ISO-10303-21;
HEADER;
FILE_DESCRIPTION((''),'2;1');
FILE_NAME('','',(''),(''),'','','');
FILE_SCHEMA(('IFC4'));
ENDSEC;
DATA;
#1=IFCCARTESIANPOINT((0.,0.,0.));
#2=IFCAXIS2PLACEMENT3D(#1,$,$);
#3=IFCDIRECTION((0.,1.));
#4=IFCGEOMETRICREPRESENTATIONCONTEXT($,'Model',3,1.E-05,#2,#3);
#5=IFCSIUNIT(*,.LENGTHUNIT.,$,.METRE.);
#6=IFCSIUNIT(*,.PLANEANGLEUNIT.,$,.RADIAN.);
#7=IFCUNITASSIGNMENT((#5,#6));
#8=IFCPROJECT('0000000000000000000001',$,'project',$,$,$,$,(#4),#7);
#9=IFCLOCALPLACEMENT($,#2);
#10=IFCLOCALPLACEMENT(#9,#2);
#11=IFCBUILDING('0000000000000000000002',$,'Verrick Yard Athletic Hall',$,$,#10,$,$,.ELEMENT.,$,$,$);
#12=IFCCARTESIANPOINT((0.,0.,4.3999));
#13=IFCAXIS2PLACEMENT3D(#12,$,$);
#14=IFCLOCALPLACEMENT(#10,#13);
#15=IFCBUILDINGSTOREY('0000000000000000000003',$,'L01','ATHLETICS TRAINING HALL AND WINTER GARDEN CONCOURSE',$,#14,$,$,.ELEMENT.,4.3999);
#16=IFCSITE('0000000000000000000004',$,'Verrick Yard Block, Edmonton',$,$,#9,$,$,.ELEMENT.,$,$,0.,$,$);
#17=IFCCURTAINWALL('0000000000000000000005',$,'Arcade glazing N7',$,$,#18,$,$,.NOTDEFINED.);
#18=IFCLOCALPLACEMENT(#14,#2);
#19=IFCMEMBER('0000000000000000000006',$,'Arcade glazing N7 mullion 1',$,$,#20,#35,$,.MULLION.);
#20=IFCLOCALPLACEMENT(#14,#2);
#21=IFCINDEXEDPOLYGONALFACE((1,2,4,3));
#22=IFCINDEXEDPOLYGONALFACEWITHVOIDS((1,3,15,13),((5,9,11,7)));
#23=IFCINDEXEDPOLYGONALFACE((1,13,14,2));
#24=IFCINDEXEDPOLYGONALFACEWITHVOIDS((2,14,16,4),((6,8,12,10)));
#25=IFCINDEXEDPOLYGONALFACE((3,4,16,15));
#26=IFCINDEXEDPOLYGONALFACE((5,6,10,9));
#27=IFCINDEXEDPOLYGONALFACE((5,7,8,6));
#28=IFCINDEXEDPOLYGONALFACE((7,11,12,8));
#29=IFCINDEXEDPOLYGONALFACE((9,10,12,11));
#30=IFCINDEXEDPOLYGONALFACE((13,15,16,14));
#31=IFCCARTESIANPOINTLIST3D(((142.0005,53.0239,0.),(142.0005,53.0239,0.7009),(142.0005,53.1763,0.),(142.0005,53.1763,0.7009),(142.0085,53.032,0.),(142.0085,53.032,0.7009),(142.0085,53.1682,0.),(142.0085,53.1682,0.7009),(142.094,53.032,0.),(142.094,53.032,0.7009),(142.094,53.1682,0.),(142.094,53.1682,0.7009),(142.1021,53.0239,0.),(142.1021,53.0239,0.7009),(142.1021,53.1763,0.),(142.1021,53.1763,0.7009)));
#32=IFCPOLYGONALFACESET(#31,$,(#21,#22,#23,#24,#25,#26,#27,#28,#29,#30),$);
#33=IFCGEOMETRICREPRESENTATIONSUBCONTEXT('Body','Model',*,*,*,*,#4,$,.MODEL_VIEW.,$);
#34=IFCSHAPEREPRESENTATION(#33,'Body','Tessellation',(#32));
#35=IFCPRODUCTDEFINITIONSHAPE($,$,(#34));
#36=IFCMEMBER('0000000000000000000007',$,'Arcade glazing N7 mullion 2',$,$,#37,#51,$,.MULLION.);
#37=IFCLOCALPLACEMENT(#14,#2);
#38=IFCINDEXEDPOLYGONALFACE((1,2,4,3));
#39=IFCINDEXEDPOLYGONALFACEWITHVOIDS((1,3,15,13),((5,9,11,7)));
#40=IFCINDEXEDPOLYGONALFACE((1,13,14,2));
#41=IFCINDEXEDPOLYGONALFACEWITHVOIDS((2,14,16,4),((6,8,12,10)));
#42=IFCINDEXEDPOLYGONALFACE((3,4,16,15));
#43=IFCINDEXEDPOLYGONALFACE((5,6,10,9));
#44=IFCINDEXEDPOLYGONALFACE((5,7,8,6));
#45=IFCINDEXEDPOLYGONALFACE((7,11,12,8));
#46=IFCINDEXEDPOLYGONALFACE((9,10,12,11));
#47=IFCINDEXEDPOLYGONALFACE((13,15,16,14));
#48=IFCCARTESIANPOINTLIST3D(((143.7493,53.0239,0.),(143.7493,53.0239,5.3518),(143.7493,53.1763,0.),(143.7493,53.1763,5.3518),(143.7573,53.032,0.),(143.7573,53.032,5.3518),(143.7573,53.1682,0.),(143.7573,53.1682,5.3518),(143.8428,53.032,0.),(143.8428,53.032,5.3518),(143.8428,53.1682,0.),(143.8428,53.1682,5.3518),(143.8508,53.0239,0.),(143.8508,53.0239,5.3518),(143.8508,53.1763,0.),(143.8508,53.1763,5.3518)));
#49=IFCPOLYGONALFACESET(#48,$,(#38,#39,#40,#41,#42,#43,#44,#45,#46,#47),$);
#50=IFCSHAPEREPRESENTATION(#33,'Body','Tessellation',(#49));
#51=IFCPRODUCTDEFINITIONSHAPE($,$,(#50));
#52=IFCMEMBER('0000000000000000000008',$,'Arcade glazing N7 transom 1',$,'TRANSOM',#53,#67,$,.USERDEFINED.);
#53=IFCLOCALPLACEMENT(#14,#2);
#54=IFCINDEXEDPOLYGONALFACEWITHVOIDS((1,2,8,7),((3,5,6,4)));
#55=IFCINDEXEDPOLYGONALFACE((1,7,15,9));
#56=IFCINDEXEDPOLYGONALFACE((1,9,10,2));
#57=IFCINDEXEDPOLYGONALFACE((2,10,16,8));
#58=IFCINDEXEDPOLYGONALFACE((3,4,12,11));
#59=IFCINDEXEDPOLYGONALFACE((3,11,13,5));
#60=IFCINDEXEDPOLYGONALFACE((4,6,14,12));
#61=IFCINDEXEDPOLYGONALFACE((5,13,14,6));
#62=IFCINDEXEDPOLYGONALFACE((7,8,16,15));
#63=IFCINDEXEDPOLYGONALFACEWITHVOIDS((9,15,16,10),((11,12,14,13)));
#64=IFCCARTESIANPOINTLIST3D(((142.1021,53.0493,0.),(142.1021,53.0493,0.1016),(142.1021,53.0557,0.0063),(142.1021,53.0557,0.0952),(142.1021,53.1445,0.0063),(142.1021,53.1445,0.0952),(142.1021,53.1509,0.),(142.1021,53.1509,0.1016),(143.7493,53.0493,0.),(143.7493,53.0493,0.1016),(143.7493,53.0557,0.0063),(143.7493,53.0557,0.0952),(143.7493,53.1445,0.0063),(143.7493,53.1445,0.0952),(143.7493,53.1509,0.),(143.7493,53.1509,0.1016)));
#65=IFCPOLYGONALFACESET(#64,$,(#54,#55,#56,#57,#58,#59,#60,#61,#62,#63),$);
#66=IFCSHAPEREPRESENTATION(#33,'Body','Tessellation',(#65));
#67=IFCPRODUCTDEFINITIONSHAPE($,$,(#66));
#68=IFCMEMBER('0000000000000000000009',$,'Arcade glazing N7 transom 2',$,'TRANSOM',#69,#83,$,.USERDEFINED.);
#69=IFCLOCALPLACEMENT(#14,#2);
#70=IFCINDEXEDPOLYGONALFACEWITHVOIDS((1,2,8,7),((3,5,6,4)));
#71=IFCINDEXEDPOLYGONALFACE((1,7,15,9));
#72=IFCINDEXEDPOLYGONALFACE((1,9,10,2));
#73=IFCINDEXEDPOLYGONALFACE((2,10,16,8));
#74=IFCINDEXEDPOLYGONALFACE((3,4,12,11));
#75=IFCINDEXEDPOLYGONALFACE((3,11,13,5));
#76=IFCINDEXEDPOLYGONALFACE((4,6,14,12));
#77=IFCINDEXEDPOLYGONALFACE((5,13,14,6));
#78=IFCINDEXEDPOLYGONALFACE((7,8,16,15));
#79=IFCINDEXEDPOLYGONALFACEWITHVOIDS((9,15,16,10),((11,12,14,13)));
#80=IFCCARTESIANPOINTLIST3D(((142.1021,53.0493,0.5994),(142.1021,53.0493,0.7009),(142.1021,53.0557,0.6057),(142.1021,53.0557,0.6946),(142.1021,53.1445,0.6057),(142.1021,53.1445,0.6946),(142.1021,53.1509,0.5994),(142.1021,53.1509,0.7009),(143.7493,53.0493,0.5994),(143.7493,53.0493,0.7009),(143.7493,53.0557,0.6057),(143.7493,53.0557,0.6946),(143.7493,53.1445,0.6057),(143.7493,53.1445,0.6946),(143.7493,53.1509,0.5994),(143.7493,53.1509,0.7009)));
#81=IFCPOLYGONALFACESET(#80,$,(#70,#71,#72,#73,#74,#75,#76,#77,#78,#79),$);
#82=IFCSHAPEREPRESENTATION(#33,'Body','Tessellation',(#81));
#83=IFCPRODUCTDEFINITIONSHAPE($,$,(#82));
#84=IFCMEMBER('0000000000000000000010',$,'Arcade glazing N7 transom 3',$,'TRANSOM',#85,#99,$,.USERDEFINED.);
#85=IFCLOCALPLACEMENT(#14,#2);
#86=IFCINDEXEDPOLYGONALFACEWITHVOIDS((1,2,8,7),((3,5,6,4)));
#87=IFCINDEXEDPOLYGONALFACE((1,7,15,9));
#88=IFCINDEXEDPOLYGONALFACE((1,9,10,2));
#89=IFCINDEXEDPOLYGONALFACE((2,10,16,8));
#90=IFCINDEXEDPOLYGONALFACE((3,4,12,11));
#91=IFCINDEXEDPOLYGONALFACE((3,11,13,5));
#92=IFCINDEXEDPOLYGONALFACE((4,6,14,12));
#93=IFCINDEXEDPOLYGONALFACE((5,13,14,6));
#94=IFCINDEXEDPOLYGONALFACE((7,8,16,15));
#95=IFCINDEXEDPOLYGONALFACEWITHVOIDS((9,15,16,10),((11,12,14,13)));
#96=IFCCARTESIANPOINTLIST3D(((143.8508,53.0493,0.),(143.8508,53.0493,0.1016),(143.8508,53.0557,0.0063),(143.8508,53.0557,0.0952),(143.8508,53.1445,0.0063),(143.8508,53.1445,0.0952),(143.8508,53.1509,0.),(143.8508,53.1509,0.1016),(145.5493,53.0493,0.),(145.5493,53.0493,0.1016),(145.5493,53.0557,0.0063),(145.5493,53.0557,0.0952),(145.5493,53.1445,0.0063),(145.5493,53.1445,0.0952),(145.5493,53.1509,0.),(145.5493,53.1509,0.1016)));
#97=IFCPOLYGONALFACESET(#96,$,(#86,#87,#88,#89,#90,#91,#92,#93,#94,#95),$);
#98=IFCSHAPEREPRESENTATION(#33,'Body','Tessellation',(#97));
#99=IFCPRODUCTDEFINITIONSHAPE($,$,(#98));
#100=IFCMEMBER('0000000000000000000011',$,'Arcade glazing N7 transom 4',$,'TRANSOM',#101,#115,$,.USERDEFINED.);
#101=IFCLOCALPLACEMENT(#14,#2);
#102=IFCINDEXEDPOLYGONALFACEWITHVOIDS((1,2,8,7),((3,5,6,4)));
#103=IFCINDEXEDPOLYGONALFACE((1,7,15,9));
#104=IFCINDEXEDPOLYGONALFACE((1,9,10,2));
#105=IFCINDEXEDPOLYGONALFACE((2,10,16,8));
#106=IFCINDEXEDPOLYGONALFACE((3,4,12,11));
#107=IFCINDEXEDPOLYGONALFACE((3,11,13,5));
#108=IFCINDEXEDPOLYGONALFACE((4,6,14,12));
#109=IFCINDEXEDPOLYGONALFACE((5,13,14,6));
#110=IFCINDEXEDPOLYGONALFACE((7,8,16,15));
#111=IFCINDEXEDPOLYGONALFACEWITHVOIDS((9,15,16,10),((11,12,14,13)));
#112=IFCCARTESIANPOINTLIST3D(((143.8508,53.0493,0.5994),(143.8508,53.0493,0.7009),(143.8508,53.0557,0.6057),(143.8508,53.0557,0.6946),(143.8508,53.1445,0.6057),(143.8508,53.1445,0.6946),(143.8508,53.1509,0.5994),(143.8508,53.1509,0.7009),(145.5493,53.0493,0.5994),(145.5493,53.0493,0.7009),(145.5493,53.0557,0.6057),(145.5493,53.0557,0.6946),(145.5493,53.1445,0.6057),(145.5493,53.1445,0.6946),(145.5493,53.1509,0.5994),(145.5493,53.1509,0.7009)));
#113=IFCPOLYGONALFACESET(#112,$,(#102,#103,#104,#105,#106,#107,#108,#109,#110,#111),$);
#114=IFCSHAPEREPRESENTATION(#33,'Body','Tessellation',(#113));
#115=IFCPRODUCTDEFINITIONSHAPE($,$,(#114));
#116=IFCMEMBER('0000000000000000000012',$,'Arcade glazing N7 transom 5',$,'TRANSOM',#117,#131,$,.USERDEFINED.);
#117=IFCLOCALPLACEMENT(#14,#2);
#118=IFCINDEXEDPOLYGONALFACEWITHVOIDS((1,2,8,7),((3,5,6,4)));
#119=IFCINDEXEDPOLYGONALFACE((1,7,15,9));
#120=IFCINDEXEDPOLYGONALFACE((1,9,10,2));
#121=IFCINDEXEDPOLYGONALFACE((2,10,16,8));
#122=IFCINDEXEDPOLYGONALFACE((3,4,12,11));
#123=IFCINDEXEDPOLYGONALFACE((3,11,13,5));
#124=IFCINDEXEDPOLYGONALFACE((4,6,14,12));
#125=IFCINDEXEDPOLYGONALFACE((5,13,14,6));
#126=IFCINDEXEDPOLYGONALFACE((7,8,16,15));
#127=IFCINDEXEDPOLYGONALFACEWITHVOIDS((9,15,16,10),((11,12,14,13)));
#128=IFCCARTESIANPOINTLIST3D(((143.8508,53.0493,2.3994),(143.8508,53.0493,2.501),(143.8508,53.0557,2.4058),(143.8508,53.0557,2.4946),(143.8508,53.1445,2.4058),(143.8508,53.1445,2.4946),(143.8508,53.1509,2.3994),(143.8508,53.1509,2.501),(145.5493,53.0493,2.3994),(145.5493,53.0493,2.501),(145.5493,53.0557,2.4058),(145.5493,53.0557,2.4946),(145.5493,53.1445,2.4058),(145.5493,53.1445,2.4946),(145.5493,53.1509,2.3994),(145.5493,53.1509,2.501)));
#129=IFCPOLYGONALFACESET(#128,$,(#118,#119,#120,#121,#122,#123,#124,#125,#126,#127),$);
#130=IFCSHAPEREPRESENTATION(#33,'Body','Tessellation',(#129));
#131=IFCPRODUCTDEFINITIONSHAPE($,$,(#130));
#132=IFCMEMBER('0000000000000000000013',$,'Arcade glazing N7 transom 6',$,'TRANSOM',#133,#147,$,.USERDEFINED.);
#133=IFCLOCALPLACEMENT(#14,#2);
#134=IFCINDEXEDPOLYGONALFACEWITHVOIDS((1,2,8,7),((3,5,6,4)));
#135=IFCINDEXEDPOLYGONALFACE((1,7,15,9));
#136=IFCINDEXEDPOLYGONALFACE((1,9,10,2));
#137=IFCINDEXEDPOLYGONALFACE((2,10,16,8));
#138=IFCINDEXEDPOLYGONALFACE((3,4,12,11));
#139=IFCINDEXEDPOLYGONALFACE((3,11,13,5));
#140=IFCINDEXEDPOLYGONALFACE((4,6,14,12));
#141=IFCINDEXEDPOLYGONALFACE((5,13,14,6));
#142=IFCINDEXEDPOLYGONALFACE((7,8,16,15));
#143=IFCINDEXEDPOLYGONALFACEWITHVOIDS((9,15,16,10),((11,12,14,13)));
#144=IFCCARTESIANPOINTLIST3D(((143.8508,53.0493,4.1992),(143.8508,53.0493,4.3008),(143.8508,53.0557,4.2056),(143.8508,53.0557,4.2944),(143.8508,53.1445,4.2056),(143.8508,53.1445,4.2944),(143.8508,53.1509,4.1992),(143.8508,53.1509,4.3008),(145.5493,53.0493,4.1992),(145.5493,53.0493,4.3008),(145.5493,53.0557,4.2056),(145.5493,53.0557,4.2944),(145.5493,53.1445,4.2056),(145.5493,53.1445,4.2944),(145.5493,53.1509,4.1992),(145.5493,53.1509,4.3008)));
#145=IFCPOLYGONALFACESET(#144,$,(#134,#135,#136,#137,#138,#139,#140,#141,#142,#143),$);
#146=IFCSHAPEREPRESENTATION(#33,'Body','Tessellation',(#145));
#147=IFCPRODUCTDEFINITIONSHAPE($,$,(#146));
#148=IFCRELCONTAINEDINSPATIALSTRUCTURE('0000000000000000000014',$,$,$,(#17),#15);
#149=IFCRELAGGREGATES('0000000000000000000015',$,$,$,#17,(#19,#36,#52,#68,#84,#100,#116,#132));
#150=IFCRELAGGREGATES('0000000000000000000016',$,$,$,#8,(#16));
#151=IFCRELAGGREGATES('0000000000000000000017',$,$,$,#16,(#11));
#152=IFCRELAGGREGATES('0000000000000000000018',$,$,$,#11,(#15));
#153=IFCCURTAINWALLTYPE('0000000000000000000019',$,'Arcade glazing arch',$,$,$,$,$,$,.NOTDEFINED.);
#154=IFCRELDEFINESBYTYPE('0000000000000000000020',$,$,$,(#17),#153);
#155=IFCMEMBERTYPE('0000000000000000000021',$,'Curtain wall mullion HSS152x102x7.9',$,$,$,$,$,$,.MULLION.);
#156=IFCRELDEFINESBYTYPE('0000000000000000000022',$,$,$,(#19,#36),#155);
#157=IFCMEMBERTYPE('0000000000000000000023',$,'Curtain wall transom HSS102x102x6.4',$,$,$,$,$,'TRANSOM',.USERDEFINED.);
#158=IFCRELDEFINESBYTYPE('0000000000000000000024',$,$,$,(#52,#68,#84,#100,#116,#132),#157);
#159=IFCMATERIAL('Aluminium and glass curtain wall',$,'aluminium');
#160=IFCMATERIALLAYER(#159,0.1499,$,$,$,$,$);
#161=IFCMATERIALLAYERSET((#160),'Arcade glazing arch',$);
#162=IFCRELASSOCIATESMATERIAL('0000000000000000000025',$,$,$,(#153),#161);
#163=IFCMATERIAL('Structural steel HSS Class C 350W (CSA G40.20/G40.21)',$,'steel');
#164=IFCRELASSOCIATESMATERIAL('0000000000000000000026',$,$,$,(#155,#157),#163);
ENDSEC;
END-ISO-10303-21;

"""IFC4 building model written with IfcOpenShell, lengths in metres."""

from ifc_helpers import new_model, si_unit, direction, frame, origin, origin_2d, place, context, subcontext, project, spatial, hollow_rectangle, extrude, material, layer, layer_set, material_profile, profile_set, type_object, element, aggregate, save


model = new_model("IFC4")

# Units and contexts
model_context = context("Model", 3, precision=1e-05, world=origin(), true_north=direction((0.0, 1.0)))
body_context = subcontext(model_context, "Body", "Model", "MODEL_VIEW")
ifc_project = project(units=[si_unit("LENGTHUNIT", "METRE"), si_unit("PLANEANGLEUNIT", "RADIAN")], contexts=[model_context])

# Site, building, storey
site_placement = place(None, origin())
site = spatial("IfcSite", under=ifc_project, at=site_placement, Name="Verrick Yard Block, Edmonton", CompositionType="ELEMENT", RefElevation=0.0)
building_placement = place(site_placement, origin())
building = spatial("IfcBuilding", under=site, at=building_placement, Name="Verrick Yard Athletic Hall", CompositionType="ELEMENT")
storey_placement = place(building_placement, frame((0.0, 0.0, 4.3999)))
storey = spatial("IfcBuildingStorey", under=building, at=storey_placement, Name="L01", Description="ATHLETICS TRAINING HALL AND WINTER GARDEN CONCOURSE", CompositionType="ELEMENT", Elevation=4.3999)

# Curtain wall, members
ifc_material_1 = material(Name="Aluminium and glass curtain wall", Category="aluminium")
ifc_layer_1 = layer(ifc_material_1, 0.1499)
ifc_layer_set_1 = layer_set([ifc_layer_1], Name="Arcade glazing arch")
curtain_wall_type = type_object("IfcCurtainWallType", Name="Arcade glazing arch", PredefinedType="NOTDEFINED", material=ifc_layer_set_1)
curtain_wall_placement = place(storey_placement, origin())
curtain_wall = element("IfcCurtainWall", 1, at=curtain_wall_placement, inside=storey, type_object=curtain_wall_type, Name="Arcade glazing N7", PredefinedType="NOTDEFINED")
ifc_material_2 = material(Name="Structural steel HSS Class C 350W (CSA G40.20/G40.21)", Category="steel")
ifc_material_profile_1 = material_profile(ifc_material_2, hollow_rectangle(XDim=0.1016, YDim=0.1523, WallThickness=0.0081, at=origin_2d()), Name="HSS152x102x7.9")
ifc_profile_set_1 = profile_set([ifc_material_profile_1], Name="Structural steel HSS Class C 350W (CSA G40.20/G40.21)")
member_type_1 = type_object("IfcMemberType", Name="Curtain wall mullion HSS152x102x7.9", PredefinedType="MULLION", material=ifc_profile_set_1)
member_1_placement = place(storey_placement, frame((142.0513, 53.1001, 0.0), z_axis=(0.0, 0.0, 1.0), x_axis=(1.0, 0.0, 0.0)))
member_1 = element("IfcMember", 2, at=member_1_placement, type_object=member_type_1, Name="Arcade glazing N7 mullion 1", PredefinedType="MULLION", context=body_context, shape_type="SweptSolid", body=[
    extrude(hollow_rectangle(XDim=0.1016, YDim=0.1523, WallThickness=0.0081, at=origin_2d()), origin(), (0.0, 0.0, 1.0), 0.7009),
])
member_2_placement = place(storey_placement, frame((143.8, 53.1001, 0.0), z_axis=(0.0, 0.0, 1.0), x_axis=(1.0, 0.0, 0.0)))
member_2 = element("IfcMember", 3, at=member_2_placement, type_object=member_type_1, Name="Arcade glazing N7 mullion 2", PredefinedType="MULLION", context=body_context, shape_type="SweptSolid", body=[
    extrude(hollow_rectangle(XDim=0.1016, YDim=0.1523, WallThickness=0.0081, at=origin_2d()), origin(), (0.0, 0.0, 1.0), 5.3518),
])
ifc_material_profile_2 = material_profile(ifc_material_2, hollow_rectangle(XDim=0.1016, YDim=0.1016, WallThickness=0.0063, at=origin_2d()), Name="HSS102x102x6.4")
ifc_profile_set_2 = profile_set([ifc_material_profile_2], Name="Structural steel HSS Class C 350W (CSA G40.20/G40.21)")
member_type_2 = type_object("IfcMemberType", Name="Curtain wall transom HSS102x102x6.4", ElementType="TRANSOM", PredefinedType="USERDEFINED", material=ifc_profile_set_2)
member_3_placement = place(storey_placement, frame((142.1021, 53.1001, 0.0508), z_axis=(1.0, 0.0, 0.0), x_axis=(0.0, 1.0, 0.0)))
member_3 = element("IfcMember", 4, at=member_3_placement, type_object=member_type_2, Name="Arcade glazing N7 transom 1", ObjectType="TRANSOM", PredefinedType="USERDEFINED", context=body_context, shape_type="SweptSolid", body=[
    extrude(hollow_rectangle(XDim=0.1016, YDim=0.1016, WallThickness=0.0063, at=origin_2d()), origin(), (0.0, 0.0, 1.0), 1.6472),
])
member_4_placement = place(storey_placement, frame((142.1021, 53.1001, 0.6501), z_axis=(1.0, 0.0, 0.0), x_axis=(0.0, 1.0, 0.0)))
member_4 = element("IfcMember", 5, at=member_4_placement, type_object=member_type_2, Name="Arcade glazing N7 transom 2", ObjectType="TRANSOM", PredefinedType="USERDEFINED", context=body_context, shape_type="SweptSolid", body=[
    extrude(hollow_rectangle(XDim=0.1016, YDim=0.1016, WallThickness=0.0063, at=origin_2d()), origin(), (0.0, 0.0, 1.0), 1.6472),
])
member_5_placement = place(storey_placement, frame((143.8508, 53.1001, 0.0508), z_axis=(1.0, 0.0, 0.0), x_axis=(0.0, 1.0, 0.0)))
member_5 = element("IfcMember", 6, at=member_5_placement, type_object=member_type_2, Name="Arcade glazing N7 transom 3", ObjectType="TRANSOM", PredefinedType="USERDEFINED", context=body_context, shape_type="SweptSolid", body=[
    extrude(hollow_rectangle(XDim=0.1016, YDim=0.1016, WallThickness=0.0063, at=origin_2d()), origin(), (0.0, 0.0, 1.0), 1.6985),
])
member_6_placement = place(storey_placement, frame((143.8508, 53.1001, 0.6501), z_axis=(1.0, 0.0, 0.0), x_axis=(0.0, 1.0, 0.0)))
member_6 = element("IfcMember", 7, at=member_6_placement, type_object=member_type_2, Name="Arcade glazing N7 transom 4", ObjectType="TRANSOM", PredefinedType="USERDEFINED", context=body_context, shape_type="SweptSolid", body=[
    extrude(hollow_rectangle(XDim=0.1016, YDim=0.1016, WallThickness=0.0063, at=origin_2d()), origin(), (0.0, 0.0, 1.0), 1.6985),
])
member_7_placement = place(storey_placement, frame((143.8508, 53.1001, 2.4502), z_axis=(1.0, 0.0, 0.0), x_axis=(0.0, 1.0, 0.0)))
member_7 = element("IfcMember", 8, at=member_7_placement, type_object=member_type_2, Name="Arcade glazing N7 transom 5", ObjectType="TRANSOM", PredefinedType="USERDEFINED", context=body_context, shape_type="SweptSolid", body=[
    extrude(hollow_rectangle(XDim=0.1016, YDim=0.1016, WallThickness=0.0063, at=origin_2d()), origin(), (0.0, 0.0, 1.0), 1.6985),
])
member_8_placement = place(storey_placement, frame((143.8508, 53.1001, 4.25), z_axis=(1.0, 0.0, 0.0), x_axis=(0.0, 1.0, 0.0)))
member_8 = element("IfcMember", 9, at=member_8_placement, type_object=member_type_2, Name="Arcade glazing N7 transom 6", ObjectType="TRANSOM", PredefinedType="USERDEFINED", context=body_context, shape_type="SweptSolid", body=[
    extrude(hollow_rectangle(XDim=0.1016, YDim=0.1016, WallThickness=0.0063, at=origin_2d()), origin(), (0.0, 0.0, 1.0), 1.6985),
])
aggregate(curtain_wall, [member_1, member_2, member_3, member_4, member_5, member_6, member_7, member_8])

save(model, "model.ifc")
